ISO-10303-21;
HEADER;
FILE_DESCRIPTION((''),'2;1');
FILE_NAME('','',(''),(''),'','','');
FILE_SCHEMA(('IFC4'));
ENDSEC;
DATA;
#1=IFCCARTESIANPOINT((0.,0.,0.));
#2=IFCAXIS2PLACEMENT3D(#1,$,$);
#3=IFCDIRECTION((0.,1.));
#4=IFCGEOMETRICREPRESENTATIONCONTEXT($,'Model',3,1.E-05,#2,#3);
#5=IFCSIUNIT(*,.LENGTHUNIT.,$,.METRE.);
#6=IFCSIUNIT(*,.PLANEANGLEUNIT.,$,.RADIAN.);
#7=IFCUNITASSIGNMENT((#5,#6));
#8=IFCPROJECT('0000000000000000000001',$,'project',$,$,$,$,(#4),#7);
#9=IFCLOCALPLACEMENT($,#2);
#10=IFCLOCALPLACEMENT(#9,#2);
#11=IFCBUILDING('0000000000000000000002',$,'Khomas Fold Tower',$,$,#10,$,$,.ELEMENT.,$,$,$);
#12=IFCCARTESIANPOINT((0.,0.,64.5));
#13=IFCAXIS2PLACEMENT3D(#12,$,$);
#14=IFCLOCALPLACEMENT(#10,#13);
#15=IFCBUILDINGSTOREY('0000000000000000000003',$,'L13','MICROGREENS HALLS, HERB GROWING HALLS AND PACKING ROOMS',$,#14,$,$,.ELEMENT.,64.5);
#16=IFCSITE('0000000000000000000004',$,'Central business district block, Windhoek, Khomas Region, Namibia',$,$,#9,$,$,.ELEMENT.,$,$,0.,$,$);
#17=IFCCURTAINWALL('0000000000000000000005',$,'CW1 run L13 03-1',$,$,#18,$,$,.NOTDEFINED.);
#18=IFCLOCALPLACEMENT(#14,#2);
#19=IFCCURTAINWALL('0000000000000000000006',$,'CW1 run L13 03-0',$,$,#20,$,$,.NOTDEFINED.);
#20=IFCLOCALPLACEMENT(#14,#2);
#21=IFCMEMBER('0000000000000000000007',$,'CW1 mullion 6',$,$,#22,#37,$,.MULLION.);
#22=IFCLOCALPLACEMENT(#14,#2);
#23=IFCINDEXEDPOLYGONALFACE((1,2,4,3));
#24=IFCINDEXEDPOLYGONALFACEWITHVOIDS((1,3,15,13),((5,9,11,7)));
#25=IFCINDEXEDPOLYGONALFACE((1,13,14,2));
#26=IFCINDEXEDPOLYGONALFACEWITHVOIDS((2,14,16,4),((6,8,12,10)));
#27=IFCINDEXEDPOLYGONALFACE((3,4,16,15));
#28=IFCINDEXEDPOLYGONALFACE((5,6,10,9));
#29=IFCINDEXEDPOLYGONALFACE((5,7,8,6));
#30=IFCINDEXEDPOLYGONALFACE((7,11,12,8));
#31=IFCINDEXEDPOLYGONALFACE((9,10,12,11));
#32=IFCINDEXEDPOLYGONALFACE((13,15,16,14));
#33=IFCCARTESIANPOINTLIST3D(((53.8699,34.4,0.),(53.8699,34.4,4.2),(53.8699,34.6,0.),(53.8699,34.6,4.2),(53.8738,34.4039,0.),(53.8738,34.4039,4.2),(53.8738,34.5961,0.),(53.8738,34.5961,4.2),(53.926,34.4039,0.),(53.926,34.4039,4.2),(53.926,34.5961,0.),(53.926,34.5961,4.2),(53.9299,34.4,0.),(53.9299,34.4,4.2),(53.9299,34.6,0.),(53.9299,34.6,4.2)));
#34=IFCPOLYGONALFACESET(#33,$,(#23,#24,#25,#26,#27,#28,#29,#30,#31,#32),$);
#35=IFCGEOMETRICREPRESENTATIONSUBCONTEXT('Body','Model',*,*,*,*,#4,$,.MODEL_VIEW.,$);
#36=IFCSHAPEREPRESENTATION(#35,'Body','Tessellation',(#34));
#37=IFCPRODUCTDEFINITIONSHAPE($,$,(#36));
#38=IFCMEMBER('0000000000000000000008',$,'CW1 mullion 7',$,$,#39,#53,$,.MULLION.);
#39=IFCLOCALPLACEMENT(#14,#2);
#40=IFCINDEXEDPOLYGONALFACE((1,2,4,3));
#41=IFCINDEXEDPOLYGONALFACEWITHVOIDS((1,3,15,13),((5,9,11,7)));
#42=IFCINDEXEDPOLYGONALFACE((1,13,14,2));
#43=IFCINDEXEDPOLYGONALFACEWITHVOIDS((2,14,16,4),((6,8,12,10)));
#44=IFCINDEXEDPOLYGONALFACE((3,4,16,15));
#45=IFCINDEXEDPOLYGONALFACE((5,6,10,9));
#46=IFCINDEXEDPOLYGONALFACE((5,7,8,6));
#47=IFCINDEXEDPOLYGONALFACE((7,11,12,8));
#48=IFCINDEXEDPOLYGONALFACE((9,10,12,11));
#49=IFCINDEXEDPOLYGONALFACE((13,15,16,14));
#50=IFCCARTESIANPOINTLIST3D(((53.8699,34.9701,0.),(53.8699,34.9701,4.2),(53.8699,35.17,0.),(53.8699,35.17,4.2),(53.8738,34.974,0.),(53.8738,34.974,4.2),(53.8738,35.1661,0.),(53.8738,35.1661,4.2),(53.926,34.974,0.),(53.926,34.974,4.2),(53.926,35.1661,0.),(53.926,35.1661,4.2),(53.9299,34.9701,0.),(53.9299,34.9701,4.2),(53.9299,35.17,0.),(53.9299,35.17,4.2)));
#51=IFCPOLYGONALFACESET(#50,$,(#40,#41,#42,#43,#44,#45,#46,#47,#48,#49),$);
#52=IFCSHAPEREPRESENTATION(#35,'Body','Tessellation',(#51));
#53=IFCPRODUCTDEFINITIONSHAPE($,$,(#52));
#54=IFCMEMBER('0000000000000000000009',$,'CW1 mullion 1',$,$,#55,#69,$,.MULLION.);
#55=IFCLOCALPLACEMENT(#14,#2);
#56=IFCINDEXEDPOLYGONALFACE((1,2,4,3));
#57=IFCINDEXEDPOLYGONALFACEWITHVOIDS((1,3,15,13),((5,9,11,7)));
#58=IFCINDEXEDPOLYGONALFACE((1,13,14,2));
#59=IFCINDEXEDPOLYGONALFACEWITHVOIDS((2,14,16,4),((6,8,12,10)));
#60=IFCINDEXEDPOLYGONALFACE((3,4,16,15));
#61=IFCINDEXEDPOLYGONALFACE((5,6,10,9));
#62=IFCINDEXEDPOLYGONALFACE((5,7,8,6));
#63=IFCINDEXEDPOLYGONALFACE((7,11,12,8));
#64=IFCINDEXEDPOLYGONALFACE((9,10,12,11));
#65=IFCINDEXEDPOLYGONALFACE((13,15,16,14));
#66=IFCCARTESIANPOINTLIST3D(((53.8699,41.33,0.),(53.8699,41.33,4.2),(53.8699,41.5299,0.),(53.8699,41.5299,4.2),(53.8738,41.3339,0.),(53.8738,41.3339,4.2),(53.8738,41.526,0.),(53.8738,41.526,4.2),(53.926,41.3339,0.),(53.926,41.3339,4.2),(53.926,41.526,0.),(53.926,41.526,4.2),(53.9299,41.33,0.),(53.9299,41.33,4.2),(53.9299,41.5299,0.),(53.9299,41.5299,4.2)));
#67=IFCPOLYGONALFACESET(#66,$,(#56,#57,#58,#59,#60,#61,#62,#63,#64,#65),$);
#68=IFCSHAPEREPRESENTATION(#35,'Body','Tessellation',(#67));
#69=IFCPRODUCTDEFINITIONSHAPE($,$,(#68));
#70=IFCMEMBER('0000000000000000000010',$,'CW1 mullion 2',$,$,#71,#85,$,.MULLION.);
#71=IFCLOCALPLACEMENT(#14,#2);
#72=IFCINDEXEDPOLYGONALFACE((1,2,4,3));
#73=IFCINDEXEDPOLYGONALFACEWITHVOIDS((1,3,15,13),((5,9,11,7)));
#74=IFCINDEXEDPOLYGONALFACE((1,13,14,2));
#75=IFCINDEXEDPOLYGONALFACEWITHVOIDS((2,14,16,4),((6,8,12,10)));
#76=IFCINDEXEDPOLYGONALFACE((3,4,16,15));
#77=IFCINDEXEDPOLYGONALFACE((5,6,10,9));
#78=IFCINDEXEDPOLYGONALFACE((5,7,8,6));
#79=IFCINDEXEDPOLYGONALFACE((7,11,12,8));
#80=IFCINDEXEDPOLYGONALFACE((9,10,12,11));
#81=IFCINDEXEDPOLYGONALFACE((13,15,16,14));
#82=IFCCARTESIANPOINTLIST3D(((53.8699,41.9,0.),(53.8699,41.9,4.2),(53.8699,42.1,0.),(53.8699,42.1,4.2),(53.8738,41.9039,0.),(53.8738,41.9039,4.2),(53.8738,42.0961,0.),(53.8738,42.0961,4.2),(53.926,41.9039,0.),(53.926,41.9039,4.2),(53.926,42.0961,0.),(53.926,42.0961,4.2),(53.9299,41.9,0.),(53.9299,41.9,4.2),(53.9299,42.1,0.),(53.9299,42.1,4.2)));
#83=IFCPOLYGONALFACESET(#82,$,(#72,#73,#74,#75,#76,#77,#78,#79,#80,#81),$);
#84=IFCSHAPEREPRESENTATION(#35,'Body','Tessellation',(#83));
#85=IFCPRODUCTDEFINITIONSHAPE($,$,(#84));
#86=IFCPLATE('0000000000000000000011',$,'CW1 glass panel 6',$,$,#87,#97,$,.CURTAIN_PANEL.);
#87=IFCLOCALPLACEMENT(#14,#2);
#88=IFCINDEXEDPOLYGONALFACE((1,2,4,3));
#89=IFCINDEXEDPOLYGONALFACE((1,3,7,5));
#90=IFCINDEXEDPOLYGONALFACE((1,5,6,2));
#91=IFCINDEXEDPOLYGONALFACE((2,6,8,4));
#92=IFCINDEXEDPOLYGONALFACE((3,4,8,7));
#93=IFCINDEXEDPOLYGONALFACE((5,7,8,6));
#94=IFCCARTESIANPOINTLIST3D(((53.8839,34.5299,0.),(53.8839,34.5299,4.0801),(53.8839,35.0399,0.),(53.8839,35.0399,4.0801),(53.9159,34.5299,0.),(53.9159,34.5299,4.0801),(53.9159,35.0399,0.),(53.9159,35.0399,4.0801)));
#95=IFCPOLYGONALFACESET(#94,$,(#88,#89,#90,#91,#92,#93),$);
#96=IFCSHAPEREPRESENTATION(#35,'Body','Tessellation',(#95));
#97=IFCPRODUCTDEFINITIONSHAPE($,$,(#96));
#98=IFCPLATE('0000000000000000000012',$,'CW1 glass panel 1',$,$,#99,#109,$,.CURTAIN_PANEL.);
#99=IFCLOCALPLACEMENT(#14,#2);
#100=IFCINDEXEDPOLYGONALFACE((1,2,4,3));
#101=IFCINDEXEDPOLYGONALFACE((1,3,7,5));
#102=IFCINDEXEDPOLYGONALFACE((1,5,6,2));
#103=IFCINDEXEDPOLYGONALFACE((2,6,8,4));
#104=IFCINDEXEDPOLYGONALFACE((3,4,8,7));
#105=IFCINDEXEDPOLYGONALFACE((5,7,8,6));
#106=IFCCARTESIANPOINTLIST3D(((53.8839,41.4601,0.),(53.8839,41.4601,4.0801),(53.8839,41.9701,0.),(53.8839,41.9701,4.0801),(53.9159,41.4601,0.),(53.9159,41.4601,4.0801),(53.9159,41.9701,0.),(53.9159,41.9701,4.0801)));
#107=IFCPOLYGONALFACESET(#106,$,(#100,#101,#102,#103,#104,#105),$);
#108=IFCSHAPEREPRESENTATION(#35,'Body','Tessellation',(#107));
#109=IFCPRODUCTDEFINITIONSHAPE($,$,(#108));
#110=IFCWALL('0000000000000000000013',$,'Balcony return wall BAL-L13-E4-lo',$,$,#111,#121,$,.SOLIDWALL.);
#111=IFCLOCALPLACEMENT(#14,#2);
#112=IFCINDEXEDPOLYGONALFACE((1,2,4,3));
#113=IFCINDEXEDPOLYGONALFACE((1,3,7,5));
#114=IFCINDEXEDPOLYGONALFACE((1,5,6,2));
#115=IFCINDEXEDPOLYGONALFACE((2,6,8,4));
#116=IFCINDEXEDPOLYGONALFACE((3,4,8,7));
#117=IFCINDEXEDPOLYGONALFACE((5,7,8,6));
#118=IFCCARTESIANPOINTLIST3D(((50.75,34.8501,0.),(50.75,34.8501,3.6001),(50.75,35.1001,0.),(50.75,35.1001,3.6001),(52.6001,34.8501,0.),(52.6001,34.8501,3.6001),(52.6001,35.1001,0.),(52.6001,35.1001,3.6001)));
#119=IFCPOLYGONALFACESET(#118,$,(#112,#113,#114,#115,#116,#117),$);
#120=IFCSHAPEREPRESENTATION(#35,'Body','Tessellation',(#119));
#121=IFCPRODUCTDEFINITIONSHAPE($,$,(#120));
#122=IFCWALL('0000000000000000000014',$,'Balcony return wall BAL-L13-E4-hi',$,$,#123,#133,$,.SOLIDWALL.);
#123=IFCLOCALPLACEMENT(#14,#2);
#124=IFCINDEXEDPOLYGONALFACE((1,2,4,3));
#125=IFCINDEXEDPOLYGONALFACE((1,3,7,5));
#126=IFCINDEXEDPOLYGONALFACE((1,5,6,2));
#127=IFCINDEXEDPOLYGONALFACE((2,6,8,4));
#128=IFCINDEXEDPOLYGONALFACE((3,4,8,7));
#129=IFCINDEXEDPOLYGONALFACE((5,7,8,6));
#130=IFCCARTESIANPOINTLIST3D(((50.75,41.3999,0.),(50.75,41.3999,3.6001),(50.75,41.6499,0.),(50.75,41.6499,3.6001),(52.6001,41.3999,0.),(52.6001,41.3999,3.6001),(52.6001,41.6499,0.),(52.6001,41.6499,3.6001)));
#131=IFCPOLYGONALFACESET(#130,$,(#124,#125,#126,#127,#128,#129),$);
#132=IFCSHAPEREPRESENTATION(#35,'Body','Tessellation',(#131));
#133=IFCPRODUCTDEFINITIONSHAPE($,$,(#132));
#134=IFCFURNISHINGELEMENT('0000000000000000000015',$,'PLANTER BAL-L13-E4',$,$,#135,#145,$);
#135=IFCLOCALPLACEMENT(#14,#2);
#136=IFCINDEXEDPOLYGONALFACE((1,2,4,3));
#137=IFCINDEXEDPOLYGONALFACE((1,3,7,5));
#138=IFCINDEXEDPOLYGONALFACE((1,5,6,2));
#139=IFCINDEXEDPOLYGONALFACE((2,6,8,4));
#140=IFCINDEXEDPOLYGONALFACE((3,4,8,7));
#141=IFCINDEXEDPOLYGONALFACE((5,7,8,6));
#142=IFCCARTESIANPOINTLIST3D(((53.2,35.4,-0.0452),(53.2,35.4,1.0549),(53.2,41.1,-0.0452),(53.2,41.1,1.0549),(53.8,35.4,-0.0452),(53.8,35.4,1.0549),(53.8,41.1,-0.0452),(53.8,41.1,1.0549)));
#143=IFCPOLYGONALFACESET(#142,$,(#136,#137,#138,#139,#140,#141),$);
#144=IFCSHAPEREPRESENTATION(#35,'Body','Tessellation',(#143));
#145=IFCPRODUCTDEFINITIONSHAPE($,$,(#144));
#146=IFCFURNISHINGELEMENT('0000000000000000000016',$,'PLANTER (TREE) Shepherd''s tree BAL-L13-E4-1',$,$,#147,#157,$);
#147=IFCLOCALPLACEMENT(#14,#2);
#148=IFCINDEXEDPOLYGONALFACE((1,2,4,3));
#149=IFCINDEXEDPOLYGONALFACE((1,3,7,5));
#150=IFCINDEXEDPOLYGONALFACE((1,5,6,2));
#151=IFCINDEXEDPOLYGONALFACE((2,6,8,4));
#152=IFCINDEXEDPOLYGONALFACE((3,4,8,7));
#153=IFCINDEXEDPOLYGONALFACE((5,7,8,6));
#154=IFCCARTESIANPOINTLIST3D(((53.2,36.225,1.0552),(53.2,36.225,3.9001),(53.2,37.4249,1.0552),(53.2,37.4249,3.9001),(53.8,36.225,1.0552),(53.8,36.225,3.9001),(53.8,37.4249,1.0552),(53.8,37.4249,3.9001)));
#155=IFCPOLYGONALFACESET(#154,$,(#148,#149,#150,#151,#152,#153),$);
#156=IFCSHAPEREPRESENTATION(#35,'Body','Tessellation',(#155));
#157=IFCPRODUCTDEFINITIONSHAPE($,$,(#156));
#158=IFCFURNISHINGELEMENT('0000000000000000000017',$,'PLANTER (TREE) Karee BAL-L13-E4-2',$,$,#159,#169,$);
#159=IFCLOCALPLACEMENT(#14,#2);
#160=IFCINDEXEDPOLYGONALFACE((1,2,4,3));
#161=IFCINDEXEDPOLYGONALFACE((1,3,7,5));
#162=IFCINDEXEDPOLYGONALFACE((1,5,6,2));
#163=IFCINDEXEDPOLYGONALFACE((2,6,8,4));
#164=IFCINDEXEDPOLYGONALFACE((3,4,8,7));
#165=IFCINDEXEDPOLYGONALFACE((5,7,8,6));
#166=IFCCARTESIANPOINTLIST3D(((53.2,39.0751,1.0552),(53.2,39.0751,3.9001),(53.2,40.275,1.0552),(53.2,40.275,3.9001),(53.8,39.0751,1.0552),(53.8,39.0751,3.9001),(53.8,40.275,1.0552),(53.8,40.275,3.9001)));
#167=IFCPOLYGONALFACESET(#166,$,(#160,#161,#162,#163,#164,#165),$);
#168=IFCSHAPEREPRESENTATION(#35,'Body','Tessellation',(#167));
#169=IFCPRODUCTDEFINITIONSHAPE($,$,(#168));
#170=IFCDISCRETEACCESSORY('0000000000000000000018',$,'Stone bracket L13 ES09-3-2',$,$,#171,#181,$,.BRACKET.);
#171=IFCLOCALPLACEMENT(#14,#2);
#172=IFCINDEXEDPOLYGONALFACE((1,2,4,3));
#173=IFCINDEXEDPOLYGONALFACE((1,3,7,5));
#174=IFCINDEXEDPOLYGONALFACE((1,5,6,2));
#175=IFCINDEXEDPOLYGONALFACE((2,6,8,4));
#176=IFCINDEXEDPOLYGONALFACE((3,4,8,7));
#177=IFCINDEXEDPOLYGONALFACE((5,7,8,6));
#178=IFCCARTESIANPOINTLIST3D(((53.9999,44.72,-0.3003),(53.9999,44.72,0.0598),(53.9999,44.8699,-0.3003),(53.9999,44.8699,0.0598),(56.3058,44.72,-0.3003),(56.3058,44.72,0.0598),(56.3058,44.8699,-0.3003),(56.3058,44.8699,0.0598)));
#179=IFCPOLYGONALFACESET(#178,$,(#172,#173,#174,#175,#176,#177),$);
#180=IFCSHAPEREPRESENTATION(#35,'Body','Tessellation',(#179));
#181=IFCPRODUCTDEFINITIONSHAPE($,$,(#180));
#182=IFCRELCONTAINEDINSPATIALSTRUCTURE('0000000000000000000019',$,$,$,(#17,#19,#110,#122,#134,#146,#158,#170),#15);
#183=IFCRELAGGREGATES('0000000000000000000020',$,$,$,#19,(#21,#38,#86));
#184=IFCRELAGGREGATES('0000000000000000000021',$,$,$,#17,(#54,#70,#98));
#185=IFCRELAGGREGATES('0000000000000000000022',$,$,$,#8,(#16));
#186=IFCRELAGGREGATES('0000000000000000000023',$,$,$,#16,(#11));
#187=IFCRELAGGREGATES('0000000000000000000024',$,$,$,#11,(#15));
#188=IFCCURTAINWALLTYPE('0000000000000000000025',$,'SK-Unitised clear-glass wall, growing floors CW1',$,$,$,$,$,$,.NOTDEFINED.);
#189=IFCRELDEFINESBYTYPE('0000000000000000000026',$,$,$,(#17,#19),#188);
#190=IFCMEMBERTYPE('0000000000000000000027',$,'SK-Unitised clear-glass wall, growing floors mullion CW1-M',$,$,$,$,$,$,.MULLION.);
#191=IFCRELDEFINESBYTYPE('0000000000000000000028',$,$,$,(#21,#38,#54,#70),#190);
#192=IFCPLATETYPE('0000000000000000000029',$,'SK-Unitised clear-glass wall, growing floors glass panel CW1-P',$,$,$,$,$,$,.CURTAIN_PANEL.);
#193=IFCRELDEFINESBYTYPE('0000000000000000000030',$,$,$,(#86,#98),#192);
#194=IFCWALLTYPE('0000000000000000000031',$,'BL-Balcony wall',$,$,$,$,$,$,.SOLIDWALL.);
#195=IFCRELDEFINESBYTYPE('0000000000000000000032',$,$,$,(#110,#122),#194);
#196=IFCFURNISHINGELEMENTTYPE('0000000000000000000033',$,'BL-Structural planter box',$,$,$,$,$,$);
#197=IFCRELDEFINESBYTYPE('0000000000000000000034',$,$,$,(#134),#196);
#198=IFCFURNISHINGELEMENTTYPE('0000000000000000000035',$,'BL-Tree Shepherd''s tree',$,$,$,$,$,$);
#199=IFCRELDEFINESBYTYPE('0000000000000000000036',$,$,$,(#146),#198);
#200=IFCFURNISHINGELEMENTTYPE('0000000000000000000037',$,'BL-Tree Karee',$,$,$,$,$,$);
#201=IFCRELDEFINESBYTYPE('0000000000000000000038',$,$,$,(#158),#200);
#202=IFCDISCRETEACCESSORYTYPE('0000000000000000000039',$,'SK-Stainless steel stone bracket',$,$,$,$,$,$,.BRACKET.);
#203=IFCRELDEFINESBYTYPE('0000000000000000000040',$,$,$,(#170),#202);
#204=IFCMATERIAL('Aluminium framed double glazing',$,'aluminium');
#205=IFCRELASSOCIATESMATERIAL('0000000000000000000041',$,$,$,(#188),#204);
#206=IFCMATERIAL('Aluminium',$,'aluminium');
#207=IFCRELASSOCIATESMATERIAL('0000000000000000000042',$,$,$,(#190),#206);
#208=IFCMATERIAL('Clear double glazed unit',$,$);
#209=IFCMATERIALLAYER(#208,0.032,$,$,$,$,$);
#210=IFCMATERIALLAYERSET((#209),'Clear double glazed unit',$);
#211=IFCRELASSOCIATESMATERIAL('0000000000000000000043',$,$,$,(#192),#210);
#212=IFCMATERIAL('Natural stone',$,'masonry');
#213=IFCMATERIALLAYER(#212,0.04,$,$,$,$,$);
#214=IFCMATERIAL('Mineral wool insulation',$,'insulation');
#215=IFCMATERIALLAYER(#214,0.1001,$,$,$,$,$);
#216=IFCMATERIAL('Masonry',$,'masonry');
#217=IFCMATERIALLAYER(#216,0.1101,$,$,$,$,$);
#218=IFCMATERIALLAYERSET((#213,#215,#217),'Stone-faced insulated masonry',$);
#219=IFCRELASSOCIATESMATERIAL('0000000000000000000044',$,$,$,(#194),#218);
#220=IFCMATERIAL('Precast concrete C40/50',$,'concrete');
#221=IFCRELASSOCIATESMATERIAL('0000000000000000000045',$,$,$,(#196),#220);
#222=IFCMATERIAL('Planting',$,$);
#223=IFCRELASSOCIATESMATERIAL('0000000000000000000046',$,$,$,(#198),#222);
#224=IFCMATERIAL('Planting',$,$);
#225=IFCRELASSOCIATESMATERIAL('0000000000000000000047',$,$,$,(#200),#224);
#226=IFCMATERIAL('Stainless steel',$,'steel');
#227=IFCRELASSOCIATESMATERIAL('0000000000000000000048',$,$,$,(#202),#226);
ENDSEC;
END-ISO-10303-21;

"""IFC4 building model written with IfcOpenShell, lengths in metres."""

from ifc_helpers import new_model, si_unit, direction, frame, frame_2d, origin, origin_2d, place, context, subcontext, project, spatial, rectangle, hollow_rectangle, extrude, source, transform, mapped, material, layer, layer_set, material_profile, profile_set, type_object, element, aggregate, save


model = new_model("IFC4")

# Units and contexts
model_context = context("Model", 3, precision=1e-05, world=origin(), true_north=direction((0.0, 1.0)))
body_context = subcontext(model_context, "Body", "Model", "MODEL_VIEW")
ifc_project = project(units=[si_unit("LENGTHUNIT", "METRE"), si_unit("PLANEANGLEUNIT", "RADIAN")], contexts=[model_context])

# Site, building, storey
site_placement = place(None, origin())
site = spatial("IfcSite", under=ifc_project, at=site_placement, Name="Central business district block, Windhoek, Khomas Region, Namibia", CompositionType="ELEMENT", RefElevation=0.0)
building_placement = place(site_placement, origin())
building = spatial("IfcBuilding", under=site, at=building_placement, Name="Khomas Fold Tower", CompositionType="ELEMENT")
storey_placement = place(building_placement, frame((0.0, 0.0, 64.5)))
storey = spatial("IfcBuildingStorey", under=building, at=storey_placement, Name="L13", Description="MICROGREENS HALLS, HERB GROWING HALLS AND PACKING ROOMS", CompositionType="ELEMENT", Elevation=64.5)

# Curtain walls
ifc_material_1 = material(Name="Aluminium framed double glazing", Category="aluminium")
curtain_wall_type = type_object("IfcCurtainWallType", Name="SK-Unitised clear-glass wall, growing floors CW1", PredefinedType="NOTDEFINED", material=ifc_material_1)
curtain_wall_1_placement = place(storey_placement, origin())
curtain_wall_1 = element("IfcCurtainWall", 1, at=curtain_wall_1_placement, inside=storey, type_object=curtain_wall_type, Name="CW1 run L13 03-1", PredefinedType="NOTDEFINED")
curtain_wall_2_placement = place(storey_placement, origin())
curtain_wall_2 = element("IfcCurtainWall", 2, at=curtain_wall_2_placement, inside=storey, type_object=curtain_wall_type, Name="CW1 run L13 03-0", PredefinedType="NOTDEFINED")

# Members
ifc_material_2 = material(Name="Aluminium", Category="aluminium")
ifc_material_profile_1 = material_profile(ifc_material_2, hollow_rectangle(XDim=0.0601, YDim=0.2, WallThickness=0.0039, at=origin_2d()), Name="SK-Unitised clear-glass wall, growing floors mullion CW1-M")
ifc_profile_set_1 = profile_set([ifc_material_profile_1], Name="Aluminium")
member_type_1 = type_object("IfcMemberType", Name="SK-Unitised clear-glass wall, growing floors mullion CW1-M", PredefinedType="MULLION", material=ifc_profile_set_1)
shared_shape_1 = source(origin(), body_context, "Body", "SweptSolid", [
    extrude(hollow_rectangle(XDim=0.0601, YDim=0.2, WallThickness=0.0039, at=origin_2d()), origin(), (0.0, 0.0, 1.0), 4.2),
])
member_1_placement = place(storey_placement, frame((53.8999, 34.5, 0.0), z_axis=(0.0, 0.0, 1.0), x_axis=(-1.0, 0.0, 0.0)))
member_1 = element("IfcMember", 3, at=member_1_placement, type_object=member_type_1, Name="CW1 mullion 6", PredefinedType="MULLION", context=body_context, shape_type="MappedRepresentation", body=[
    mapped(shared_shape_1, transform((0.0, 0.0, 0.0))),
])
member_2_placement = place(storey_placement, frame((53.8999, 35.0701, 0.0), z_axis=(0.0, 0.0, 1.0), x_axis=(-1.0, 0.0, 0.0)))
member_2 = element("IfcMember", 4, at=member_2_placement, type_object=member_type_1, Name="CW1 mullion 7", PredefinedType="MULLION", context=body_context, shape_type="MappedRepresentation", body=[
    mapped(shared_shape_1, transform((0.0, 0.0, 0.0))),
])
member_3_placement = place(storey_placement, frame((53.8999, 41.4299, 0.0), z_axis=(0.0, 0.0, 1.0), x_axis=(-1.0, 0.0, 0.0)))
member_3 = element("IfcMember", 5, at=member_3_placement, type_object=member_type_1, Name="CW1 mullion 1", PredefinedType="MULLION", context=body_context, shape_type="MappedRepresentation", body=[
    mapped(shared_shape_1, transform((0.0, 0.0, 0.0))),
])
member_4_placement = place(storey_placement, frame((53.8999, 42.0, 0.0), z_axis=(0.0, 0.0, 1.0), x_axis=(-1.0, 0.0, 0.0)))
member_4 = element("IfcMember", 6, at=member_4_placement, type_object=member_type_1, Name="CW1 mullion 2", PredefinedType="MULLION", context=body_context, shape_type="MappedRepresentation", body=[
    mapped(shared_shape_1, transform((0.0, 0.0, 0.0))),
])

# Plates
ifc_material_3 = material(Name="Clear double glazed unit")
ifc_layer_1 = layer(ifc_material_3, 0.032)
ifc_layer_set_1 = layer_set([ifc_layer_1], Name="Clear double glazed unit")
plate_type = type_object("IfcPlateType", Name="SK-Unitised clear-glass wall, growing floors glass panel CW1-P", PredefinedType="CURTAIN_PANEL", material=ifc_layer_set_1)
shared_shape_2 = source(origin(), body_context, "Body", "SweptSolid", [
    extrude(rectangle(XDim=0.51, YDim=0.032, at=origin_2d()), origin(), (0.0, 0.0, 1.0), 4.0801),
])
plate_1_placement = place(storey_placement, frame((53.8999, 34.7849, 0.0), z_axis=(0.0, 0.0, 1.0), x_axis=(0.0, 1.0, 0.0)))
plate_1 = element("IfcPlate", 7, at=plate_1_placement, type_object=plate_type, Name="CW1 glass panel 6", PredefinedType="CURTAIN_PANEL", context=body_context, shape_type="MappedRepresentation", body=[
    mapped(shared_shape_2, transform((0.0, 0.0, 0.0))),
])
aggregate(curtain_wall_2, [member_1, member_2, plate_1])
plate_2_placement = place(storey_placement, frame((53.8999, 41.7151, 0.0), z_axis=(0.0, 0.0, 1.0), x_axis=(0.0, 1.0, 0.0)))
plate_2 = element("IfcPlate", 8, at=plate_2_placement, type_object=plate_type, Name="CW1 glass panel 1", PredefinedType="CURTAIN_PANEL", context=body_context, shape_type="MappedRepresentation", body=[
    mapped(shared_shape_2, transform((0.0, 0.0, 0.0))),
])
aggregate(curtain_wall_1, [member_3, member_4, plate_2])

# Shared definitions
ifc_material_4 = material(Name="Natural stone", Category="masonry")
ifc_layer_2 = layer(ifc_material_4, 0.04)
ifc_material_5 = material(Name="Mineral wool insulation", Category="insulation")
ifc_layer_3 = layer(ifc_material_5, 0.1001)
ifc_material_6 = material(Name="Masonry", Category="masonry")
ifc_layer_4 = layer(ifc_material_6, 0.1101)
ifc_layer_set_2 = layer_set([ifc_layer_2, ifc_layer_3, ifc_layer_4], Name="Stone-faced insulated masonry")
wall_type = type_object("IfcWallType", Name="BL-Balcony wall", PredefinedType="SOLIDWALL", material=ifc_layer_set_2)

# Walls
shared_shape_3 = source(origin(), body_context, "Body", "SweptSolid", [
    extrude(rectangle(XDim=1.8501, YDim=0.25, at=frame_2d((0.925, 0.0))), origin(), (0.0, 0.0, 1.0), 3.6001),
])
for number, where, z_axis, x_axis, name in (
    (9, (52.6001, 34.9751, 0.0), (0.0, 0.0, 1.0), (-1.0, 0.0, 0.0), "Balcony return wall BAL-L13-E4-lo"),
    (10, (52.6001, 41.5249, 0.0), (0.0, 0.0, 1.0), (-1.0, 0.0, 0.0), "Balcony return wall BAL-L13-E4-hi"),
):
    element("IfcWall", number, at=place(storey_placement, frame(where, z_axis=z_axis, x_axis=x_axis)), inside=storey, type_object=wall_type, Name=name, PredefinedType="SOLIDWALL", context=body_context, shape_type="MappedRepresentation", body=[
        mapped(shared_shape_3, transform((0.0, 0.0, 0.0))),
    ])

# Furnishing elements
ifc_material_7 = material(Name="Precast concrete C40/50", Category="concrete")
furnishing_element_type_1 = type_object("IfcFurnishingElementType", Name="BL-Structural planter box", material=ifc_material_7)
shared_shape_4 = source(origin(), body_context, "Body", "SweptSolid", [
    extrude(rectangle(XDim=5.7, YDim=0.6001, at=origin_2d()), origin(), (0.0, 0.0, 1.0), 1.1001),
])
furnishing_1_placement = place(storey_placement, frame((53.5, 38.25, -0.0452), z_axis=(0.0, 0.0, 1.0), x_axis=(0.0, 1.0, 0.0)))
element("IfcFurnishingElement", 11, at=furnishing_1_placement, inside=storey, type_object=furnishing_element_type_1, Name="PLANTER BAL-L13-E4", context=body_context, shape_type="MappedRepresentation", body=[
    mapped(shared_shape_4, transform((0.0, 0.0, 0.0))),
])
ifc_material_8 = material(Name="Planting")
furnishing_element_type_2 = type_object("IfcFurnishingElementType", Name="BL-Tree Shepherd's tree", material=ifc_material_8)
shared_shape_5 = source(origin(), body_context, "Body", "SweptSolid", [
    extrude(rectangle(XDim=1.2, YDim=0.6001, at=origin_2d()), origin(), (0.0, 0.0, 1.0), 2.845),
])
furnishing_2_placement = place(storey_placement, frame((53.5, 36.825, 1.0552), z_axis=(0.0, 0.0, 1.0), x_axis=(0.0, 1.0, 0.0)))
element("IfcFurnishingElement", 12, at=furnishing_2_placement, inside=storey, type_object=furnishing_element_type_2, Name="PLANTER (TREE) Shepherd's tree BAL-L13-E4-1", context=body_context, shape_type="MappedRepresentation", body=[
    mapped(shared_shape_5, transform((0.0, 0.0, 0.0))),
])
ifc_material_9 = material(Name="Planting")
furnishing_element_type_3 = type_object("IfcFurnishingElementType", Name="BL-Tree Karee", material=ifc_material_9)
furnishing_3_placement = place(storey_placement, frame((53.5, 39.675, 1.0552), z_axis=(0.0, 0.0, 1.0), x_axis=(0.0, 1.0, 0.0)))
element("IfcFurnishingElement", 13, at=furnishing_3_placement, inside=storey, type_object=furnishing_element_type_3, Name="PLANTER (TREE) Karee BAL-L13-E4-2", context=body_context, shape_type="MappedRepresentation", body=[
    mapped(shared_shape_5, transform((0.0, 0.0, 0.0))),
])

# Discrete accessory
ifc_material_10 = material(Name="Stainless steel", Category="steel")
discrete_accessory_type = type_object("IfcDiscreteAccessoryType", Name="SK-Stainless steel stone bracket", PredefinedType="BRACKET", material=ifc_material_10)
shared_shape_6 = source(origin(), body_context, "Body", "SweptSolid", [
    extrude(rectangle(XDim=2.3059, YDim=0.1499, at=origin_2d()), origin(), (0.0, 0.0, 1.0), 0.3601),
])
discrete_accessory_placement = place(storey_placement, frame((55.1528, 44.7949, -0.3003), z_axis=(0.0, 0.0, 1.0), x_axis=(1.0, 0.0, 0.0)))
element("IfcDiscreteAccessory", 14, at=discrete_accessory_placement, inside=storey, type_object=discrete_accessory_type, Name="Stone bracket L13 ES09-3-2", PredefinedType="BRACKET", context=body_context, shape_type="MappedRepresentation", body=[
    mapped(shared_shape_6, transform((0.0, 0.0, 0.0))),
])

save(model, "model.ifc")
